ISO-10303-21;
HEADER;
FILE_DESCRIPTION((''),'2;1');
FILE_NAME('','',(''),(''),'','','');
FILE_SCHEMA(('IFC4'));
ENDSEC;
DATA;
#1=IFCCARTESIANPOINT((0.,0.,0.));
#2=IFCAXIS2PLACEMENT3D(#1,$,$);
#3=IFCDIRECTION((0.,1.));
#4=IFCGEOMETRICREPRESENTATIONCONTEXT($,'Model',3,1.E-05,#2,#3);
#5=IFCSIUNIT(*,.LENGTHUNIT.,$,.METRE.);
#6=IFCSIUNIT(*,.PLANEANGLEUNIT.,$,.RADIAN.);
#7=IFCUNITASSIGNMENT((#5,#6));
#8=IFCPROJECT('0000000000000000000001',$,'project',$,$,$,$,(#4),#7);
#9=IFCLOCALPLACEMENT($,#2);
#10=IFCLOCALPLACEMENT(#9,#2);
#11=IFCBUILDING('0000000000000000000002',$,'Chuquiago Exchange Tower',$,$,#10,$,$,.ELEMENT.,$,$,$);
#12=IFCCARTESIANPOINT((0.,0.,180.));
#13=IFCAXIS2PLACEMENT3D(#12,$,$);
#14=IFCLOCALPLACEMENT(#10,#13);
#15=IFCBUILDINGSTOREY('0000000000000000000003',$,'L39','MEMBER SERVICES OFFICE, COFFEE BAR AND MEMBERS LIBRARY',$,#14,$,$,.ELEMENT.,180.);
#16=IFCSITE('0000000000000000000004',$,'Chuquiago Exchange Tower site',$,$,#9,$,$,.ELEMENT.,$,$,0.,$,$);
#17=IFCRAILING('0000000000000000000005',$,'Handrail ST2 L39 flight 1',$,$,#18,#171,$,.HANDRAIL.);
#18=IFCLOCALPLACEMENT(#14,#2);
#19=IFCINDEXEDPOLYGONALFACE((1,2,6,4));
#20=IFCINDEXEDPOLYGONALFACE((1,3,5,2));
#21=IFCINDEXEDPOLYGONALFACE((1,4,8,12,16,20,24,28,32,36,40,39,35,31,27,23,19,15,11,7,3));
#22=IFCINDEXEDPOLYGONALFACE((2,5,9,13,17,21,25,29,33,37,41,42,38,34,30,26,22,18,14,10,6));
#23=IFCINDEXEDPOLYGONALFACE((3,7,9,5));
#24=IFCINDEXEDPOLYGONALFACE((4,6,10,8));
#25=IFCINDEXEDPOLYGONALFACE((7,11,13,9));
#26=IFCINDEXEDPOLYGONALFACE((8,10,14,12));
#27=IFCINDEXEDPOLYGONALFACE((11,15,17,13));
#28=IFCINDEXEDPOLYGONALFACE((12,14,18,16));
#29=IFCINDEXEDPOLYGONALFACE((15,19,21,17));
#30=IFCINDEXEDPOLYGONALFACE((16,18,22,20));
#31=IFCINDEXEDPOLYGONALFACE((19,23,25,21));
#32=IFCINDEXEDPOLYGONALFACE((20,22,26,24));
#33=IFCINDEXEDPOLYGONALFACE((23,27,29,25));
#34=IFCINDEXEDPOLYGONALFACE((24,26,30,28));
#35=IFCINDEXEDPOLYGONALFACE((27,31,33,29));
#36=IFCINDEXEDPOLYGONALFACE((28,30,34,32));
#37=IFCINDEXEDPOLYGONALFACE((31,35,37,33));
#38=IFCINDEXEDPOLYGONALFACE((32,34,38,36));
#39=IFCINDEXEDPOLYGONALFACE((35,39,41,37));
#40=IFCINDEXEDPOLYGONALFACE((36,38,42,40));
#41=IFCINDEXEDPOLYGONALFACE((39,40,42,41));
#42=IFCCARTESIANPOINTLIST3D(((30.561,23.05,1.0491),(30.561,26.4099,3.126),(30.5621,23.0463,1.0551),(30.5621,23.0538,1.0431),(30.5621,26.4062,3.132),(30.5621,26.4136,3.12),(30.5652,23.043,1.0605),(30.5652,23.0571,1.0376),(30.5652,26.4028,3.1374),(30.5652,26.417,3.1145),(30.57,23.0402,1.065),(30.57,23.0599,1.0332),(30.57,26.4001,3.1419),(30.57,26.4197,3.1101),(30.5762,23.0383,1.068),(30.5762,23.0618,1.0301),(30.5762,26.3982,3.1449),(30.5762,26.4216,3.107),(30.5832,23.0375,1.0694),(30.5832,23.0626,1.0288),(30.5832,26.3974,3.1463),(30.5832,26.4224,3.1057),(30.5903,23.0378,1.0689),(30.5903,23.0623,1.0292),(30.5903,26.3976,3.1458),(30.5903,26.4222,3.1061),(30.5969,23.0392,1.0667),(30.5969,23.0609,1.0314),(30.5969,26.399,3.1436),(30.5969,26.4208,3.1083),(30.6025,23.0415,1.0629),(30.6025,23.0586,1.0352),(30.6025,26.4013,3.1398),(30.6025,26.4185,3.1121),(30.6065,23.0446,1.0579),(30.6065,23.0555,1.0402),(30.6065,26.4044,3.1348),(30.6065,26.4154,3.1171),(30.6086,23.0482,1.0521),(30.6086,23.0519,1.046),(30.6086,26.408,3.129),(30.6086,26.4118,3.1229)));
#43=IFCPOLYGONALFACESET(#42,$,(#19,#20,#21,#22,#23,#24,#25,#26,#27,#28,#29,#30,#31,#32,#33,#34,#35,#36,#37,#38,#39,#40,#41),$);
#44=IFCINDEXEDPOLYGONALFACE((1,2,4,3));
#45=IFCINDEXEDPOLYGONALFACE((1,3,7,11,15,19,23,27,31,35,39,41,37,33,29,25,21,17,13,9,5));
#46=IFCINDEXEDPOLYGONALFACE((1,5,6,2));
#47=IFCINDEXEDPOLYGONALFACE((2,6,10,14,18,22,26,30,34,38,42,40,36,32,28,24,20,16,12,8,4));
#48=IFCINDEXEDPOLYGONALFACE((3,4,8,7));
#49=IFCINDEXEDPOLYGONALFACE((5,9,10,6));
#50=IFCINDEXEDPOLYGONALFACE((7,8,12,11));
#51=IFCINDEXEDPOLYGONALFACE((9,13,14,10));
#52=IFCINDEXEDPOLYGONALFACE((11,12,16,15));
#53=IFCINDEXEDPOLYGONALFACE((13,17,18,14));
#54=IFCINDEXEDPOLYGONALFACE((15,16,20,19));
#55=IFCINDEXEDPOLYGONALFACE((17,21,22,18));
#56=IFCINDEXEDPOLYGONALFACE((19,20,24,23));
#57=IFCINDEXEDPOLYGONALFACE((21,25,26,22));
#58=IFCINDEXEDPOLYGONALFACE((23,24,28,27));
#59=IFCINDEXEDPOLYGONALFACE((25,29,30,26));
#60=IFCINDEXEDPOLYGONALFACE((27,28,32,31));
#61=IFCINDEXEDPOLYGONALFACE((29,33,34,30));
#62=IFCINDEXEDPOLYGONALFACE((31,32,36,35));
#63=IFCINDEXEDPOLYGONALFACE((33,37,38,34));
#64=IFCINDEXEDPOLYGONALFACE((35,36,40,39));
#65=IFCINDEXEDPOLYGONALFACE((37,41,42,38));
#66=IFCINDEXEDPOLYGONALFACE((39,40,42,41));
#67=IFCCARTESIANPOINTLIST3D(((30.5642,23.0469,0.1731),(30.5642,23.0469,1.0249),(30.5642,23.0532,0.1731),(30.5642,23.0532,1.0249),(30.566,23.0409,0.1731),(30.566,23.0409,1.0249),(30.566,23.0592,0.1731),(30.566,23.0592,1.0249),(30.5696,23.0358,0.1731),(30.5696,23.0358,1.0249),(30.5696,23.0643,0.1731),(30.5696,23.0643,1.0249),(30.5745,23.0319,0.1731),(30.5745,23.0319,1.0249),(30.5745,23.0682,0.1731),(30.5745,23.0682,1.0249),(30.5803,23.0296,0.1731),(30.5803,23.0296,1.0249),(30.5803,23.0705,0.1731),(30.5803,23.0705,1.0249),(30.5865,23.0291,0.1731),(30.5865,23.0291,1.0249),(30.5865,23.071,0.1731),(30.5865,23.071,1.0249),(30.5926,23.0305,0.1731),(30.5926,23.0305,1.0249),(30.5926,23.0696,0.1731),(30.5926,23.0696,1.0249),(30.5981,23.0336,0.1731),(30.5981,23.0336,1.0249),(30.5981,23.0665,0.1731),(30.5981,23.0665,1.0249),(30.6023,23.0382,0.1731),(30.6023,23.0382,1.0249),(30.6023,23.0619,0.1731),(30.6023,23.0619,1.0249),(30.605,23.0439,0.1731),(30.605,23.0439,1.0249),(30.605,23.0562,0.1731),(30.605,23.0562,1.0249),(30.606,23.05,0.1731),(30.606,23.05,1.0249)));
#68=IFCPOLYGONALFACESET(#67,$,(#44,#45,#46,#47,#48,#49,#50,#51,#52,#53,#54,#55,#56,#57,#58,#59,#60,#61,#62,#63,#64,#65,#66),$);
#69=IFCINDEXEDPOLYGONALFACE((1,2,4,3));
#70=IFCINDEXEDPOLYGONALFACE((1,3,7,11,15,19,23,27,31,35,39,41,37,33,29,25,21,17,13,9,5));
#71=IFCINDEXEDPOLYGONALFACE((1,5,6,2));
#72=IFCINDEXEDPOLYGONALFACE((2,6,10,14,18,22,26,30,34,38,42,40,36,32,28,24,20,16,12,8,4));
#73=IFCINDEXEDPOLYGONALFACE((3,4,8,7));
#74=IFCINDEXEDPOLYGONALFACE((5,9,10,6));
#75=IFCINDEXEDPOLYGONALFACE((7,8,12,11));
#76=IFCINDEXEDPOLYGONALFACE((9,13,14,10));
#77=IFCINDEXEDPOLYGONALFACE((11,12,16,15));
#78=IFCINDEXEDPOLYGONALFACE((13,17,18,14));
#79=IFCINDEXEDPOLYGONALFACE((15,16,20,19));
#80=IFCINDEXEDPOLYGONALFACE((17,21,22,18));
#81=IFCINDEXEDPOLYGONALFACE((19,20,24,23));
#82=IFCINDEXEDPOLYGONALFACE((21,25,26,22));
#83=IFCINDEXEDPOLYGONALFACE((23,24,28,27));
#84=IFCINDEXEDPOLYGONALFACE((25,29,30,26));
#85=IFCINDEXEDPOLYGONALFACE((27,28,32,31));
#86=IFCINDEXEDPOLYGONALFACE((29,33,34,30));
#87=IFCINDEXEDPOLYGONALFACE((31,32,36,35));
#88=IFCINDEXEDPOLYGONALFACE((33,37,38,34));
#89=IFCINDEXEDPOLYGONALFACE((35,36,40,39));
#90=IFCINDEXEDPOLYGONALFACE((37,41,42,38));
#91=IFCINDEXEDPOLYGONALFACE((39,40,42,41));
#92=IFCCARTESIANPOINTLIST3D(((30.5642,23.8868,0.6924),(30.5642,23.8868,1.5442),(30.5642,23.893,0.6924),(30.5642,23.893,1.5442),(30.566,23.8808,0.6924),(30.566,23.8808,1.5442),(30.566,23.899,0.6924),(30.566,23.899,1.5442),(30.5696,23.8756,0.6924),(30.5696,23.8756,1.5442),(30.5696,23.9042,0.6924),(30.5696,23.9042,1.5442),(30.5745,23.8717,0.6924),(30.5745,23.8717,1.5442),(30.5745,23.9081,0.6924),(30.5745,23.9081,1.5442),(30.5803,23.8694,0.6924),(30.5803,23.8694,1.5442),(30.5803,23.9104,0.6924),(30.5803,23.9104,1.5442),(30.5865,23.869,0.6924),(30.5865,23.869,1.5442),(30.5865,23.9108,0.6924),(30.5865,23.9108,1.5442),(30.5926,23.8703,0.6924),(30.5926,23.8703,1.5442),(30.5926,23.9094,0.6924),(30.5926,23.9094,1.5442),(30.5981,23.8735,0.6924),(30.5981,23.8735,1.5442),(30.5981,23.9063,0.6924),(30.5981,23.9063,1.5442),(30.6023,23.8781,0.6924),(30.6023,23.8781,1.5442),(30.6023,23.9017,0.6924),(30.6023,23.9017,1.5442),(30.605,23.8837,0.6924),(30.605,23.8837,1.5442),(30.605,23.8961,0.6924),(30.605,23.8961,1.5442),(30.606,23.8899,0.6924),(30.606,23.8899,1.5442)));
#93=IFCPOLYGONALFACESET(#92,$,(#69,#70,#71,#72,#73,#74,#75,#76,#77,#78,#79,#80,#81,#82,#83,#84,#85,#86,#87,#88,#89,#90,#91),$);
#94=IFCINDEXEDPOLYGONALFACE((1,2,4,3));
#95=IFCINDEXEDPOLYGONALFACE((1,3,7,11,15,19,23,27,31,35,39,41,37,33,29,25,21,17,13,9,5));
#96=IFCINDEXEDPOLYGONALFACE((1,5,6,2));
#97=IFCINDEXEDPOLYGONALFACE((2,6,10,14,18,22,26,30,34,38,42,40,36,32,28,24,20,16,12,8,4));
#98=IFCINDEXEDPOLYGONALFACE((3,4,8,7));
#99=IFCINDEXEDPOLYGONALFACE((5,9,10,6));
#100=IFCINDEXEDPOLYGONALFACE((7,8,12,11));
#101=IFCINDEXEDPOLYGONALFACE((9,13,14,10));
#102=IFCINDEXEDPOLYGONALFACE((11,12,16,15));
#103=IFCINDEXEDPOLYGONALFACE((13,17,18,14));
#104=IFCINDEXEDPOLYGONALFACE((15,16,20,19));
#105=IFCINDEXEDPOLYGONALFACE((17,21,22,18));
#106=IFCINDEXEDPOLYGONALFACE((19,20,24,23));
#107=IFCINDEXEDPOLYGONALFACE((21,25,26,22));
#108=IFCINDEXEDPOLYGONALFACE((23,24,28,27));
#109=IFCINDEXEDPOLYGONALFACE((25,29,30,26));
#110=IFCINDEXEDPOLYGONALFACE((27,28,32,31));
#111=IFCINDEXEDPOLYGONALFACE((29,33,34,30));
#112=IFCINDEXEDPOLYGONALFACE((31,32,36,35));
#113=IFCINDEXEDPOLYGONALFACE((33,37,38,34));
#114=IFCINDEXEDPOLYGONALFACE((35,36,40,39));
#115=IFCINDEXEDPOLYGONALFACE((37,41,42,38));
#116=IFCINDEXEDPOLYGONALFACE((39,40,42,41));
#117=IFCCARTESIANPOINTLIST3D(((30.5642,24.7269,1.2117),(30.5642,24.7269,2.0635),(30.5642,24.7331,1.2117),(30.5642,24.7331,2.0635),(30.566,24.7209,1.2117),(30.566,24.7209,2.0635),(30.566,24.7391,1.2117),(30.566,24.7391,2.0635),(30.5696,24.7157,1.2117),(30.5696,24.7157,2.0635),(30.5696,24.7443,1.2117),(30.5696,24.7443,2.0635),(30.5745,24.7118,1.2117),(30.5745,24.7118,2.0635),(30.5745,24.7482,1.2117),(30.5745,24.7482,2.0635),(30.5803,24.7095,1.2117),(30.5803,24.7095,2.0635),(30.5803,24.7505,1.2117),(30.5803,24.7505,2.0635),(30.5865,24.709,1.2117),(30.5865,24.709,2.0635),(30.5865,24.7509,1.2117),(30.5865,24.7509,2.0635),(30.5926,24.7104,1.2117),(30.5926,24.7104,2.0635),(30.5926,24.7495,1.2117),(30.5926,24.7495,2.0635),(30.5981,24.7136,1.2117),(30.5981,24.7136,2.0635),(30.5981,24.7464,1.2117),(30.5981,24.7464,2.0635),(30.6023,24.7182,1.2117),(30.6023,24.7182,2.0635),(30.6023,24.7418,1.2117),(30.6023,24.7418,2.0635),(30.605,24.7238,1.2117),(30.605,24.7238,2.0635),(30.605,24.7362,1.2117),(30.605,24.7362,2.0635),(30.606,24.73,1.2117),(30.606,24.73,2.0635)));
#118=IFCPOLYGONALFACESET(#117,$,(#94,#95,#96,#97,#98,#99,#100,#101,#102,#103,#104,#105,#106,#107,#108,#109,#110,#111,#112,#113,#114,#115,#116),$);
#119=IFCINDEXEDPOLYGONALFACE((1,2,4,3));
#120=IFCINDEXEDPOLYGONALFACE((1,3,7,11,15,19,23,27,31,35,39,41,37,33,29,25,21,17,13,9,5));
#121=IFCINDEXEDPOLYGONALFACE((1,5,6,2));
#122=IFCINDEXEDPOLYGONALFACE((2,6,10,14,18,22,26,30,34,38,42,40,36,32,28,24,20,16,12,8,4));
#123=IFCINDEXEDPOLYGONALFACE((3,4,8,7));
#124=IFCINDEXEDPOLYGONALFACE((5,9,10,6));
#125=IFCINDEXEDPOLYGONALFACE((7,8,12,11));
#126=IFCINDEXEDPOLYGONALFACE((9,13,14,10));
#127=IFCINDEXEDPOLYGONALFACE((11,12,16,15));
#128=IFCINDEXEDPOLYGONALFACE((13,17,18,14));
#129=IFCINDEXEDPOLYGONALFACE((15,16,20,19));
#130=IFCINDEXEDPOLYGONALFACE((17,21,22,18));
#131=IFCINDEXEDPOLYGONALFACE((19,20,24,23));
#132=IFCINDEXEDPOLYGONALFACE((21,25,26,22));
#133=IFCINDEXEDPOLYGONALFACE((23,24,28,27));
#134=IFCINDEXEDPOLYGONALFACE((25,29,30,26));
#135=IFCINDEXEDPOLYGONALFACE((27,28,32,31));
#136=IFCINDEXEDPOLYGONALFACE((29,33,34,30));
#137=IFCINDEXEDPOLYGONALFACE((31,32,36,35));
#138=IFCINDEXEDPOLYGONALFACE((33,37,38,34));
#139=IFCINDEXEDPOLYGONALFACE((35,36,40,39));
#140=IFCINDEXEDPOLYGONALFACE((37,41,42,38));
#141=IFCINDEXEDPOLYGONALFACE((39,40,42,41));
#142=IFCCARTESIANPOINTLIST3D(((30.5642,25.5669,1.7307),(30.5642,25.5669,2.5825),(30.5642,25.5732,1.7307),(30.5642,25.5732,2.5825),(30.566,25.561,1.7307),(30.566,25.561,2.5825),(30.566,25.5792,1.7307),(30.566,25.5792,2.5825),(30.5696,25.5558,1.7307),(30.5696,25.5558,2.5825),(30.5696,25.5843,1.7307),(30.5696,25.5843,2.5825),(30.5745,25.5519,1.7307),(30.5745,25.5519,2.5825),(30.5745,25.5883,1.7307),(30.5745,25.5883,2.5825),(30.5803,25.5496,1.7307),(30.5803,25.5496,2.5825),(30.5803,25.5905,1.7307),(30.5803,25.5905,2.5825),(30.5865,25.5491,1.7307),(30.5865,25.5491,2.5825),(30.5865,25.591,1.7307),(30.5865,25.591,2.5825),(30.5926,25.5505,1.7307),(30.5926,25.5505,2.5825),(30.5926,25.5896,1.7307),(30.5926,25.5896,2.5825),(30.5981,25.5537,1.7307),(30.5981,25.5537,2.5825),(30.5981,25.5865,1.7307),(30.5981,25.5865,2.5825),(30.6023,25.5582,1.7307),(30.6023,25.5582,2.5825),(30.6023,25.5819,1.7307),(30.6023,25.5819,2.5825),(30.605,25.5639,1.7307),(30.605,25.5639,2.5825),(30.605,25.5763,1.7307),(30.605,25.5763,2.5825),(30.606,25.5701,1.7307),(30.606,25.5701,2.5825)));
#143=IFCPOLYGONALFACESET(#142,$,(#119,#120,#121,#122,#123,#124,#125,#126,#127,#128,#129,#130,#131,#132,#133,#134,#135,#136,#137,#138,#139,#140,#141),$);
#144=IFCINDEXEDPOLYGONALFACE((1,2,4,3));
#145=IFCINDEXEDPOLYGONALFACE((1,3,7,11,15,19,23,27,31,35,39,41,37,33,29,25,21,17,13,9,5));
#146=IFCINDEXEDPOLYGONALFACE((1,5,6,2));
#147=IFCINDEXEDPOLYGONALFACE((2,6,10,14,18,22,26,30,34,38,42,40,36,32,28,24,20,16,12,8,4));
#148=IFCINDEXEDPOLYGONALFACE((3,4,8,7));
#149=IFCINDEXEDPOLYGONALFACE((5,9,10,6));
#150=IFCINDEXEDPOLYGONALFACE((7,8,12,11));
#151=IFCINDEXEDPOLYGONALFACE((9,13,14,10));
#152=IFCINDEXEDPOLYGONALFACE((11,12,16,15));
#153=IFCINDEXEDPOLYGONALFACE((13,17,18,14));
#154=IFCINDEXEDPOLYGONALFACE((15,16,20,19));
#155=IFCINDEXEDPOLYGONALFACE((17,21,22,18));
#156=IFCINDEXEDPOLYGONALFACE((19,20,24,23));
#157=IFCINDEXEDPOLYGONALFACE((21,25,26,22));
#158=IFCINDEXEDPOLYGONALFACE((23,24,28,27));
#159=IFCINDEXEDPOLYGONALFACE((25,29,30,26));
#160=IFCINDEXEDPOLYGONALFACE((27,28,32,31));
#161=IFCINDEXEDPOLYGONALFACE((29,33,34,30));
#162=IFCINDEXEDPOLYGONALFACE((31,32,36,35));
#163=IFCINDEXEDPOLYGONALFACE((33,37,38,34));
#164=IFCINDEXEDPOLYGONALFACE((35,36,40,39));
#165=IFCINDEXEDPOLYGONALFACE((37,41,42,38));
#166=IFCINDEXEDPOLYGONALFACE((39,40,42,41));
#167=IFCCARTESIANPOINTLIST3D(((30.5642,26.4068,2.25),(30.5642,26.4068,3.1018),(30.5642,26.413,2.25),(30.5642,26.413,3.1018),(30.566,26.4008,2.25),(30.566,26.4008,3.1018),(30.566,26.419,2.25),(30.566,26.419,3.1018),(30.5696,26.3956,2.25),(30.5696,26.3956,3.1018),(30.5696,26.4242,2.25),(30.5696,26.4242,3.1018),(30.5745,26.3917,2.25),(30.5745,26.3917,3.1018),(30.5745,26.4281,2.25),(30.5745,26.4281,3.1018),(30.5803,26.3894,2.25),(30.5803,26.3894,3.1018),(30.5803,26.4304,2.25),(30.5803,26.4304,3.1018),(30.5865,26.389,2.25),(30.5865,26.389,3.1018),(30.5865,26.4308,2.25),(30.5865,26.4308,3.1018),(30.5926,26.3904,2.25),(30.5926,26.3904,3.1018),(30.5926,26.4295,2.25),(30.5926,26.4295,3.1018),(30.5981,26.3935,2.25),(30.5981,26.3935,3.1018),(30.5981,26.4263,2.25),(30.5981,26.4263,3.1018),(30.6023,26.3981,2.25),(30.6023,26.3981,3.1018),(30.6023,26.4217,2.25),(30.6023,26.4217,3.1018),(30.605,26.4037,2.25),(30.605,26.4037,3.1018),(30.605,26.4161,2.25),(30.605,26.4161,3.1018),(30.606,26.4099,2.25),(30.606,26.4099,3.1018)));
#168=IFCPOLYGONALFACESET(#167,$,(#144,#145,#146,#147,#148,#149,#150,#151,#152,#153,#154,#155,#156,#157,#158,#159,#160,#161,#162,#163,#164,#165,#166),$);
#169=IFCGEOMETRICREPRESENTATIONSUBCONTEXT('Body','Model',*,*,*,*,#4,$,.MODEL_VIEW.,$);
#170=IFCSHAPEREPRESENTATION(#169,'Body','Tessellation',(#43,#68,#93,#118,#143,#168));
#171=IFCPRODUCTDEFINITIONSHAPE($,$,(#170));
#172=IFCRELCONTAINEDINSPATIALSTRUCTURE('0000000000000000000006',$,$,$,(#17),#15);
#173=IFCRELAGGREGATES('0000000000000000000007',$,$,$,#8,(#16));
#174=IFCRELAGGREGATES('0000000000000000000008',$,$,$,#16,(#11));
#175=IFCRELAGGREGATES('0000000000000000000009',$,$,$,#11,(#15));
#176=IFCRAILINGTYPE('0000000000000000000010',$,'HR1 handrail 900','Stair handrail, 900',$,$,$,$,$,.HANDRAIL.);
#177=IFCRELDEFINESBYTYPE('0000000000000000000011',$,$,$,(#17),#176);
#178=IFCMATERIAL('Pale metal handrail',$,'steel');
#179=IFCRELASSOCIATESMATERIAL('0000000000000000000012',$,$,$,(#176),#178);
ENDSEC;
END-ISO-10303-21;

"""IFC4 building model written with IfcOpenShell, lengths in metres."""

from ifc_helpers import new_model, si_unit, direction, frame, origin, origin_2d, place, context, subcontext, project, spatial, circle, extrude, material, type_object, element, save


model = new_model("IFC4")

# Units and contexts
model_context = context("Model", 3, precision=1e-05, world=origin(), true_north=direction((0.0, 1.0)))
body_context = subcontext(model_context, "Body", "Model", "MODEL_VIEW")
ifc_project = project(units=[si_unit("LENGTHUNIT", "METRE"), si_unit("PLANEANGLEUNIT", "RADIAN")], contexts=[model_context])

# Site, building, storey
site_placement = place(None, origin())
site = spatial("IfcSite", under=ifc_project, at=site_placement, Name="Chuquiago Exchange Tower site", CompositionType="ELEMENT", RefElevation=0.0)
building_placement = place(site_placement, origin())
building = spatial("IfcBuilding", under=site, at=building_placement, Name="Chuquiago Exchange Tower", CompositionType="ELEMENT")
storey_placement = place(building_placement, frame((0.0, 0.0, 180.0)))
storey = spatial("IfcBuildingStorey", under=building, at=storey_placement, Name="L39", Description="MEMBER SERVICES OFFICE, COFFEE BAR AND MEMBERS LIBRARY", CompositionType="ELEMENT", Elevation=180.0)

# Railing
ifc_material_1 = material(Name="Pale metal handrail", Category="steel")
railing_type_1 = type_object("IfcRailingType", Name="HR1 handrail 900", Description="Stair handrail, 900", PredefinedType="HANDRAIL", material=ifc_material_1)
railing_1_placement = place(storey_placement, frame((30.585, 23.05, 0.1731)))
element("IfcRailing", 1, at=railing_1_placement, inside=storey, type_object=railing_type_1, Name="Handrail ST2 L39 flight 1", PredefinedType="HANDRAIL", context=body_context, shape_type="SweptSolid", body=[
    extrude(circle(Radius=0.0239, at=origin_2d()), frame((0.0, 0.0, 0.876), z_axis=(0.0, 0.850606, 0.525803), x_axis=(-1.0, 0.0, 0.0)), (0.0, 0.0, 1.0), 3.95),
    extrude(circle(Radius=0.021, at=origin_2d()), origin(), (0.0, 0.0, 1.0), 0.8518),
    extrude(circle(Radius=0.021, at=origin_2d()), frame((0.0, 0.8398, 0.5193)), (0.0, 0.0, 1.0), 0.8518),
    extrude(circle(Radius=0.021, at=origin_2d()), frame((0.0, 1.6799, 1.0386)), (0.0, 0.0, 1.0), 0.8518),
    extrude(circle(Radius=0.021, at=origin_2d()), frame((0.0, 2.52, 1.5576)), (0.0, 0.0, 1.0), 0.8518),
    extrude(circle(Radius=0.021, at=origin_2d()), frame((0.0, 3.3599, 2.0769)), (0.0, 0.0, 1.0), 0.8518),
])

save(model, "model.ifc")
